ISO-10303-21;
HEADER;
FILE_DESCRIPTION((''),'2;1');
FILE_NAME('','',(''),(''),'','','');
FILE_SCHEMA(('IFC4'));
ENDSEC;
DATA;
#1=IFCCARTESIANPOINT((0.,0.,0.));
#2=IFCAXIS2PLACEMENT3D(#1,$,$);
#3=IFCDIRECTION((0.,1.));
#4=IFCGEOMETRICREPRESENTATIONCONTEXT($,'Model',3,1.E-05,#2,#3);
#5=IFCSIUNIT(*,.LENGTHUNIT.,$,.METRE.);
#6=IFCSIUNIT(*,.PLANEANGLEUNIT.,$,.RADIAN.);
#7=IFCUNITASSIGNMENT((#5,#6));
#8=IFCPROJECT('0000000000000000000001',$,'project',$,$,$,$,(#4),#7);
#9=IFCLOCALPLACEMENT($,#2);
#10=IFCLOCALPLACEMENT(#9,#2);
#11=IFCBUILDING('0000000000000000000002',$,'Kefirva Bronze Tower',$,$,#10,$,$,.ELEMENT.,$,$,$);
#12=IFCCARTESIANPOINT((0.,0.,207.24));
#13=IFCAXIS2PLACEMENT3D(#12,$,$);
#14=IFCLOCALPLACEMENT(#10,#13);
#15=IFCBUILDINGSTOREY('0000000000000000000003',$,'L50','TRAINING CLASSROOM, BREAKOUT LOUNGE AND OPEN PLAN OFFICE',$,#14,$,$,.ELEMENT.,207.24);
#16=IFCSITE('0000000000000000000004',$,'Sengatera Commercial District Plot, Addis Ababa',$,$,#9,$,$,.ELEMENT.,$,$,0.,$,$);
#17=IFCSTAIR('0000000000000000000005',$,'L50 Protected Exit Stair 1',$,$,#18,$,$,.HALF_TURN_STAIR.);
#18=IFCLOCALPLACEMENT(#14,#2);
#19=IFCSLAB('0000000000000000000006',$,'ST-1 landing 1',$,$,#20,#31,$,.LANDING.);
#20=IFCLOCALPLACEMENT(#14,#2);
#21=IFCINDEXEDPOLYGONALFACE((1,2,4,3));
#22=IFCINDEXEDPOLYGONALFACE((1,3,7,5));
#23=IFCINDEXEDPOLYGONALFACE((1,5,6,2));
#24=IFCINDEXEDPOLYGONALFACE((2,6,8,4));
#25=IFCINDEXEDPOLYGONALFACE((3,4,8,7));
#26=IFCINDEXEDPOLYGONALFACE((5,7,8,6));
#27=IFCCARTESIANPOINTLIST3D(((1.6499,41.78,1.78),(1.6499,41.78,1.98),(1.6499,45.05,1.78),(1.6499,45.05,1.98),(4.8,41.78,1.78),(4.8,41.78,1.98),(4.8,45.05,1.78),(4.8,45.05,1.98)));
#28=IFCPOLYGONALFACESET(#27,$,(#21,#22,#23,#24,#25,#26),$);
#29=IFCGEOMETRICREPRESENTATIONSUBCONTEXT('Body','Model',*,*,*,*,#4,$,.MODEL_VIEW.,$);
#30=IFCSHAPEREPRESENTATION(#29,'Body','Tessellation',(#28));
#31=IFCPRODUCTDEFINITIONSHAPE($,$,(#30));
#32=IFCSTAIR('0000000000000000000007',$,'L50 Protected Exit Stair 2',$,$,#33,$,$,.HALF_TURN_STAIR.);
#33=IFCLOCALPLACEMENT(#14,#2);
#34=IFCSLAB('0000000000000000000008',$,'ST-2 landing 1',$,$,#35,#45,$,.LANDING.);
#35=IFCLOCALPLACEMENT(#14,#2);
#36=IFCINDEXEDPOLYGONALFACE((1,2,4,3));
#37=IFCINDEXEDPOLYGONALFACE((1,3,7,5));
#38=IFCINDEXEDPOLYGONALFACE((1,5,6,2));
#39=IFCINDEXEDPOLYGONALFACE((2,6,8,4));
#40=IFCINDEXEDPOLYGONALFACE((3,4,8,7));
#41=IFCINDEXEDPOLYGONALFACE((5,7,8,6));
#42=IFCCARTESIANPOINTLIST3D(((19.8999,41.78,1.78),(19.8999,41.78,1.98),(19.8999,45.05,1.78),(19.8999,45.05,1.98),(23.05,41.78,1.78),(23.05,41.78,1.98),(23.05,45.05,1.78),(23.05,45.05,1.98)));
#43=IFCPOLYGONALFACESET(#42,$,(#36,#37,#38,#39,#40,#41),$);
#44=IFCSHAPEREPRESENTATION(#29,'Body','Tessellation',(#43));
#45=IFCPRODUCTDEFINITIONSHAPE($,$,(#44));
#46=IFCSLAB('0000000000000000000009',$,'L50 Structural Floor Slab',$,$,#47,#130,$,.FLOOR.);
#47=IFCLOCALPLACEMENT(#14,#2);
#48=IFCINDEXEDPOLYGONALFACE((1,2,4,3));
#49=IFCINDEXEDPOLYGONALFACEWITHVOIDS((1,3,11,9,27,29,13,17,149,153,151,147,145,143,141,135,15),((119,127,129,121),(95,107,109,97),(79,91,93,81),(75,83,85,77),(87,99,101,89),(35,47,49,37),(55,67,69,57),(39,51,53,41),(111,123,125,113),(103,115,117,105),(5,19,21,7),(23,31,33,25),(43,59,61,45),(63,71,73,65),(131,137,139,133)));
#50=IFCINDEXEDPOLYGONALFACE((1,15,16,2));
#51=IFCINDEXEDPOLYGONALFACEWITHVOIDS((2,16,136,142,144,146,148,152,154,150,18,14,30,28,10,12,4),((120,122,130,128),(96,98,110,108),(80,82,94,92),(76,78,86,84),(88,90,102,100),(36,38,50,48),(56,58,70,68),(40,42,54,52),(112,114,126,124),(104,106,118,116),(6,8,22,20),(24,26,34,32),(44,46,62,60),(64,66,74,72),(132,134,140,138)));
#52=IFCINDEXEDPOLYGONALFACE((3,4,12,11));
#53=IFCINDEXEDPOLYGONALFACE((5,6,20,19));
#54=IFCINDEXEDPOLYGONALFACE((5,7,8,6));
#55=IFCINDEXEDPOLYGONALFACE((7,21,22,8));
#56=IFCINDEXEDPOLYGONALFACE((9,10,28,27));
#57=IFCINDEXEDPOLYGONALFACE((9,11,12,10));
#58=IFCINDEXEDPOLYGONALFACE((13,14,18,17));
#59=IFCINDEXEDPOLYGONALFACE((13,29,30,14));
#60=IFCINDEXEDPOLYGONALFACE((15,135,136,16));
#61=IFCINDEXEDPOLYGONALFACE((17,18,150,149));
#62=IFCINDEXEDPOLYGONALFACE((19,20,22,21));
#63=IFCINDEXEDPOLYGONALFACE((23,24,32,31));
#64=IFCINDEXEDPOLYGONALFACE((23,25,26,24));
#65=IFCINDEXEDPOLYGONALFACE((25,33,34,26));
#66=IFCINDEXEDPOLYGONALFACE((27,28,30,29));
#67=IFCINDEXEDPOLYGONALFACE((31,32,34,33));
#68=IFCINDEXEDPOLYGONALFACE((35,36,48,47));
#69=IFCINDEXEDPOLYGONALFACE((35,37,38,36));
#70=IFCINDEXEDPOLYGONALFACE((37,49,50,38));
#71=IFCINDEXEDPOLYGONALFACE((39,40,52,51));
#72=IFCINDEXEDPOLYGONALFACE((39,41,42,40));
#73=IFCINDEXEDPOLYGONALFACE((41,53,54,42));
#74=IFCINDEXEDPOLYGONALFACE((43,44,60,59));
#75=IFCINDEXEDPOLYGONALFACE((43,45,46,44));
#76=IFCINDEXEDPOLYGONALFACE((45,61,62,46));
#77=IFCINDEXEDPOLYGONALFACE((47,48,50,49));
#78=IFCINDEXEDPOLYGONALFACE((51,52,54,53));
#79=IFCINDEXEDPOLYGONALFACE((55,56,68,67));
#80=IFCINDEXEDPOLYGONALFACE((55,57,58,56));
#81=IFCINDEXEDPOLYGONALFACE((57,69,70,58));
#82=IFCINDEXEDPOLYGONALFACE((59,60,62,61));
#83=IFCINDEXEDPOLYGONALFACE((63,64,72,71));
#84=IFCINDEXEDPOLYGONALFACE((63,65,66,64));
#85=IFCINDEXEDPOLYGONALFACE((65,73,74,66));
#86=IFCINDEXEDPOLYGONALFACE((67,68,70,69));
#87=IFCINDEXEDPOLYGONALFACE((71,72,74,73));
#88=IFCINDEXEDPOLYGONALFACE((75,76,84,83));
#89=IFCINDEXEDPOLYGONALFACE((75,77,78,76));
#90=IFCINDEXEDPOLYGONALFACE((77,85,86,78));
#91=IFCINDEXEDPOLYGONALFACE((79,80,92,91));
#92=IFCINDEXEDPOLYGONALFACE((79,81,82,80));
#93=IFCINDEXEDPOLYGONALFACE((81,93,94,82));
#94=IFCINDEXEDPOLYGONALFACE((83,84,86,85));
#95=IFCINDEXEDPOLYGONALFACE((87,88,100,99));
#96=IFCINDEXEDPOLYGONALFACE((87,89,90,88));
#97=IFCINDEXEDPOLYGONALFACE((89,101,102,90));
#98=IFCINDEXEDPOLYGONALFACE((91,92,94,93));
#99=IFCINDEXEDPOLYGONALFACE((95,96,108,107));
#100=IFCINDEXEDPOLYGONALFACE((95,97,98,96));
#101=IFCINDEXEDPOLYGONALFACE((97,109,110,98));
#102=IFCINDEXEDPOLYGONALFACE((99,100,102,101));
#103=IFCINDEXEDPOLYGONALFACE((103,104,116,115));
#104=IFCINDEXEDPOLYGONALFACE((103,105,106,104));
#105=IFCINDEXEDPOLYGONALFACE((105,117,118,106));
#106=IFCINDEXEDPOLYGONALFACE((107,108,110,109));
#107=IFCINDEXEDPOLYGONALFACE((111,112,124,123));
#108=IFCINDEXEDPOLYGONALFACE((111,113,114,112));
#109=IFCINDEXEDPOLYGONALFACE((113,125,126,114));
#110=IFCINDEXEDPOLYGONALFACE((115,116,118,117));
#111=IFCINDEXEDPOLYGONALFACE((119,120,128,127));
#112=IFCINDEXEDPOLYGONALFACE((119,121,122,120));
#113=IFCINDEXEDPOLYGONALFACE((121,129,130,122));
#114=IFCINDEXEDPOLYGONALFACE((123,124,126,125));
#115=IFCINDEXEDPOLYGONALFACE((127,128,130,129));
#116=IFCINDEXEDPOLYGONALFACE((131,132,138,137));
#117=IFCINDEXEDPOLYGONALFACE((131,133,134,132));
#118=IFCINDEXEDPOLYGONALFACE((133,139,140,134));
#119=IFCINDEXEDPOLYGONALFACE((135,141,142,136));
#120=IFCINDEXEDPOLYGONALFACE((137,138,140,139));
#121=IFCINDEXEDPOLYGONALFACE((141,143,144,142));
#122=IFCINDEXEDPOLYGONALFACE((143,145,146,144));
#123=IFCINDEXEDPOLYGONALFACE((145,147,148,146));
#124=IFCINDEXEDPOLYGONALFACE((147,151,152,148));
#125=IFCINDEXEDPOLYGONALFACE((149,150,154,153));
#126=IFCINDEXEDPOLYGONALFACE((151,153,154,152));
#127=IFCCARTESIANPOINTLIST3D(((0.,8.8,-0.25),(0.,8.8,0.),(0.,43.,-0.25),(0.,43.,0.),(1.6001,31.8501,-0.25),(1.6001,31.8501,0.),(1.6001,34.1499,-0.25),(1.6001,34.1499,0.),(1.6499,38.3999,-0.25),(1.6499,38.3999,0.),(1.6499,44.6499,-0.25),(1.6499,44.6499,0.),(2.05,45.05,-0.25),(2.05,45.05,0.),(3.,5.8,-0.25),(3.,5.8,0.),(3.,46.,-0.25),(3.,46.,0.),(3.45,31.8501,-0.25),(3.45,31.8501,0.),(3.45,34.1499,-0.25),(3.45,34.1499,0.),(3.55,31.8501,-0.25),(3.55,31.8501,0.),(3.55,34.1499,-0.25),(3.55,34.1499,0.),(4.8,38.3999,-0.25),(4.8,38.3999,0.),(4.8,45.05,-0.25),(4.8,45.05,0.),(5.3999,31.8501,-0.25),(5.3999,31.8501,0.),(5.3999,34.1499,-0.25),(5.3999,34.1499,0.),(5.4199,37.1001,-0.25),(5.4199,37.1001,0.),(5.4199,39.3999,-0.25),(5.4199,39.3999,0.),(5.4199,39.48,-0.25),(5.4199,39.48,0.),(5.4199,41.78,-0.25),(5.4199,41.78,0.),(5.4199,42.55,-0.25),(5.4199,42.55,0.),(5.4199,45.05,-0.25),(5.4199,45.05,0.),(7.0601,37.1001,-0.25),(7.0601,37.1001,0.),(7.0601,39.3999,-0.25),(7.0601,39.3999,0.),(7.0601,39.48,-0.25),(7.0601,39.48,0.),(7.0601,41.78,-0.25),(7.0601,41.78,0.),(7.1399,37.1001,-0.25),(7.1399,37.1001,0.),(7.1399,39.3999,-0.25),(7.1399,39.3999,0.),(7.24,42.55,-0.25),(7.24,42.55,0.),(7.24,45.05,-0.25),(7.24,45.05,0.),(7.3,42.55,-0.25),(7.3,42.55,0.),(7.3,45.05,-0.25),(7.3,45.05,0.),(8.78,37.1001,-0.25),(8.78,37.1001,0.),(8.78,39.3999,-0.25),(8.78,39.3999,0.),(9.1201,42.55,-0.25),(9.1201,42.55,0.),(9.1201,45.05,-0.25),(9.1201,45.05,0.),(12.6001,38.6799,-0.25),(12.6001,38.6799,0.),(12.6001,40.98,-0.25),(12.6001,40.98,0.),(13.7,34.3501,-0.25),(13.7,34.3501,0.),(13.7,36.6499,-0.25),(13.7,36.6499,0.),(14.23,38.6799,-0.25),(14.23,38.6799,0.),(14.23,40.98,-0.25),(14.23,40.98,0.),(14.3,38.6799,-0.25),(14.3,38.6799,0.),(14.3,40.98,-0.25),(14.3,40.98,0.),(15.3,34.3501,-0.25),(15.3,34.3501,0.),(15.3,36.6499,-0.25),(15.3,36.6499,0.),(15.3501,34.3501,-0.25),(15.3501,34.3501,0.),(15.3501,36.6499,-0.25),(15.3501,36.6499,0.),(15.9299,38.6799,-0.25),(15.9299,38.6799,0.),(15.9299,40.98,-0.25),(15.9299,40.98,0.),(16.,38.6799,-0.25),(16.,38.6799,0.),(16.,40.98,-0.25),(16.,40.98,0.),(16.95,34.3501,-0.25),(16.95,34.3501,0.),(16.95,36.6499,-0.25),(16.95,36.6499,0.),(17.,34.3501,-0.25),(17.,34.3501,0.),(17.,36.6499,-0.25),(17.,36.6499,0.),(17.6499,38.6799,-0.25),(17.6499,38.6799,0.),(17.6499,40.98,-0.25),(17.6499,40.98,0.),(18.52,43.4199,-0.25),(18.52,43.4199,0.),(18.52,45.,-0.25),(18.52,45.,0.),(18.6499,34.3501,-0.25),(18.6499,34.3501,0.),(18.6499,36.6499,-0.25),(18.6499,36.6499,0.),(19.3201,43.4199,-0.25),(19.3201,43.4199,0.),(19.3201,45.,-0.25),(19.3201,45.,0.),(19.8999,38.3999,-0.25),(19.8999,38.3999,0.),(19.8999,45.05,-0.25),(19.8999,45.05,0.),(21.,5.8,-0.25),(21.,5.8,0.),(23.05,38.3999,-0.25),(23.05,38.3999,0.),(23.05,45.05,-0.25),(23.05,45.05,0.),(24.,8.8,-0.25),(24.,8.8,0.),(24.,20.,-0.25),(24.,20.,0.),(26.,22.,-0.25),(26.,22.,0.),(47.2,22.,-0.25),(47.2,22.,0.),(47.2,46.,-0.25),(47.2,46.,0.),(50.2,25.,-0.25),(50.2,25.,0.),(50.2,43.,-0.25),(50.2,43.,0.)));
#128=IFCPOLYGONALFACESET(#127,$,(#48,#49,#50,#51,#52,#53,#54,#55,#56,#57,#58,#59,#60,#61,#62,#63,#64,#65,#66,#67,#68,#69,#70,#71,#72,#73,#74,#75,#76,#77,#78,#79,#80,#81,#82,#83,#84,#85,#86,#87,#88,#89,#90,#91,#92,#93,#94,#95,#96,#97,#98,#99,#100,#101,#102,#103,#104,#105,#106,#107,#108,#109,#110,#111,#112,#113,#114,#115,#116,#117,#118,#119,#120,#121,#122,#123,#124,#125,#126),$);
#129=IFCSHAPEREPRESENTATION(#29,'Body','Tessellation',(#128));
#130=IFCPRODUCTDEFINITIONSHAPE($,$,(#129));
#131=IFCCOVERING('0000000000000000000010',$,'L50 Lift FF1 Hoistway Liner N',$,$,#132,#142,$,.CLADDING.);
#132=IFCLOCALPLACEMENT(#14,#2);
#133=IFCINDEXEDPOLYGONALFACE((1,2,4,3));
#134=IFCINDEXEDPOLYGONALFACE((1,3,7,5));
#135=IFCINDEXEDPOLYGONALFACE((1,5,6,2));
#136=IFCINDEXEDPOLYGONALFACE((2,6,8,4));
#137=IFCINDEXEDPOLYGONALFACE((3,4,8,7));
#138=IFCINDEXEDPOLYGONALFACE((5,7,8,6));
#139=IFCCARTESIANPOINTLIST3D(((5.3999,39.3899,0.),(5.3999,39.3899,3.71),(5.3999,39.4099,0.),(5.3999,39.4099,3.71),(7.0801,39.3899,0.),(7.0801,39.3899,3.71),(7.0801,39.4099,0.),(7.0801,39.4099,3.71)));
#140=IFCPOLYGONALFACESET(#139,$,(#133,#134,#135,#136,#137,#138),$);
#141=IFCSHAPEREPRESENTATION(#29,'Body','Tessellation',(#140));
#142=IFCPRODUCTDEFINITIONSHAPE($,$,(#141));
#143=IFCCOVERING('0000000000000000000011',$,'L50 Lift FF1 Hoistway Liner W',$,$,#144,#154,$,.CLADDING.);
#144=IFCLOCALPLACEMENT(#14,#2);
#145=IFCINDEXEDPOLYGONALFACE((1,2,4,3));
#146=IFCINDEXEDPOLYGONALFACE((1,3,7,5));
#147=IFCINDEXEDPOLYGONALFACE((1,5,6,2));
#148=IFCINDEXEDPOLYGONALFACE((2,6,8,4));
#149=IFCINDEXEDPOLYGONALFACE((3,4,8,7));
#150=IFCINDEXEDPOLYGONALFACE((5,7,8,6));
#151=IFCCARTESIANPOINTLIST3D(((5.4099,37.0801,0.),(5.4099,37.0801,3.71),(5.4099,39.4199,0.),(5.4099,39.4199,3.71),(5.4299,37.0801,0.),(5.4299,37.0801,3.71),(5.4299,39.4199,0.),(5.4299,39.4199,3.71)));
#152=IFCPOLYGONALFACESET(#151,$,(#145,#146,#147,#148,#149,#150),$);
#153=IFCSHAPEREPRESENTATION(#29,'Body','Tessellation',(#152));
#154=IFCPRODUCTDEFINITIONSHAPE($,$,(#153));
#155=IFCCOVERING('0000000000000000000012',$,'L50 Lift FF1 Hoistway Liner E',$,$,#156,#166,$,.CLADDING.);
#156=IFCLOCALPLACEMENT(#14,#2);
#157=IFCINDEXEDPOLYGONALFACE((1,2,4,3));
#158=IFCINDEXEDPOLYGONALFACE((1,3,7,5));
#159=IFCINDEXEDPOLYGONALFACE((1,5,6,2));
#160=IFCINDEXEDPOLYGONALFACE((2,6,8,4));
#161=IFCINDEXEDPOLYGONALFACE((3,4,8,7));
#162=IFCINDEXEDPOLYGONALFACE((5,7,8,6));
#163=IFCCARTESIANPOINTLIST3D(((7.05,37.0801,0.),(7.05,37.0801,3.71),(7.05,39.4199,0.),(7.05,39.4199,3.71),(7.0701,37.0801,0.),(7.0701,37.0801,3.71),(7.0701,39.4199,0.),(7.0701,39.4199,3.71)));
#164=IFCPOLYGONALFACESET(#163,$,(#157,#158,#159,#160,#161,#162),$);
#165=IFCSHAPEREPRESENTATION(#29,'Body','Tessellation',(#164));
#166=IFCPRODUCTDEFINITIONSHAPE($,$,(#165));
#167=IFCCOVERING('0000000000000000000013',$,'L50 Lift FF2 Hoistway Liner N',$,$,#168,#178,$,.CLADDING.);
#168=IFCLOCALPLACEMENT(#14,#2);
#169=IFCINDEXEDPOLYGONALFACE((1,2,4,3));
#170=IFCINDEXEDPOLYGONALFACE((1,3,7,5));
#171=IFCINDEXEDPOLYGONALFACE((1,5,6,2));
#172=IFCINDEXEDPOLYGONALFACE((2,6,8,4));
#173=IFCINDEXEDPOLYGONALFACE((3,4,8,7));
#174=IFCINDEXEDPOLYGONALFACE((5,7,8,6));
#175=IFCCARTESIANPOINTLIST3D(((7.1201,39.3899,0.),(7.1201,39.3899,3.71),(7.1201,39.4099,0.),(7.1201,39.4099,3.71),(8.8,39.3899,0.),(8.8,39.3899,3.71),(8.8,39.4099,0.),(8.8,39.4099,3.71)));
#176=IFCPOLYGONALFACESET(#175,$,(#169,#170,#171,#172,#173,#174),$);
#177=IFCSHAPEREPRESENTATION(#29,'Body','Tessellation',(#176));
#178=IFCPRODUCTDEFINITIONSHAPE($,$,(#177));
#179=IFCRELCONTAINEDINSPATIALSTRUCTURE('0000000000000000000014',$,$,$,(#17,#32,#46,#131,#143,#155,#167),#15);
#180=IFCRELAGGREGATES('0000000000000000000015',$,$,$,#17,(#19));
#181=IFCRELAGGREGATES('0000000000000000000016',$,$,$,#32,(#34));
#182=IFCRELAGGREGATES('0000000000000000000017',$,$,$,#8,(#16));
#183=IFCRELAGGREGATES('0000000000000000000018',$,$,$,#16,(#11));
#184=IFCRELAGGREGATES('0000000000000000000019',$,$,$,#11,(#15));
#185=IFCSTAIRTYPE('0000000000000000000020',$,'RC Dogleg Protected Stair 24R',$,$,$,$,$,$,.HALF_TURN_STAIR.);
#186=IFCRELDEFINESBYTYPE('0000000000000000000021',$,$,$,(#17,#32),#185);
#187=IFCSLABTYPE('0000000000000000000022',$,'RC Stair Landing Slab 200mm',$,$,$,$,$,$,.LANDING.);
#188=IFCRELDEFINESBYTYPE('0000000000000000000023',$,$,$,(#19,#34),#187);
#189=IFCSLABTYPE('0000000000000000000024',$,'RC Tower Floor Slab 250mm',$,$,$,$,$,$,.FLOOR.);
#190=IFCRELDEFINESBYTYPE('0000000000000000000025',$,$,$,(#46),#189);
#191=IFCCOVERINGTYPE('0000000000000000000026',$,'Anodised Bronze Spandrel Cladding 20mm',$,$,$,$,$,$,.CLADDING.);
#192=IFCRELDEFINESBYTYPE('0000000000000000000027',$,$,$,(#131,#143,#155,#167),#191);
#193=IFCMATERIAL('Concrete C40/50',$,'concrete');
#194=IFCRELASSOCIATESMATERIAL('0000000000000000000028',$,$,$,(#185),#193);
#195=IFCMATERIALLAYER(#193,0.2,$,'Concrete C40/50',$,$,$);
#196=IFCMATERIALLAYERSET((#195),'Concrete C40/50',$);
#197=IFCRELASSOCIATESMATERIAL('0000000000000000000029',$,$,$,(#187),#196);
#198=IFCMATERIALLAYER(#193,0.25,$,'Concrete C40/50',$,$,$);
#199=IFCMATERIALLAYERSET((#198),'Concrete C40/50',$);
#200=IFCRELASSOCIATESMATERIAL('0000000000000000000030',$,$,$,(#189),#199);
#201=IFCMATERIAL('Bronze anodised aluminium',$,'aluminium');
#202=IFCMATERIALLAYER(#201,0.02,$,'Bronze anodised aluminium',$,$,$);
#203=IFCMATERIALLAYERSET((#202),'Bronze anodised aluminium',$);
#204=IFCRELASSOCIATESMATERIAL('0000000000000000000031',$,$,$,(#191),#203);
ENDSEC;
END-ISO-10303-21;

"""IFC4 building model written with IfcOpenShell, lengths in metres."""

from ifc_helpers import new_model, si_unit, direction, frame, origin, place, context, subcontext, project, spatial, polyline, outline, extrude, material, layer, layer_set, type_object, element, aggregate, save


model = new_model("IFC4")

# Units and contexts
model_context = context("Model", 3, precision=1e-05, world=origin(), true_north=direction((0.0, 1.0)))
body_context = subcontext(model_context, "Body", "Model", "MODEL_VIEW")
ifc_project = project(units=[si_unit("LENGTHUNIT", "METRE"), si_unit("PLANEANGLEUNIT", "RADIAN")], contexts=[model_context])

# Site, building, storey
site_placement = place(None, origin())
site = spatial("IfcSite", under=ifc_project, at=site_placement, Name="Sengatera Commercial District Plot, Addis Ababa", CompositionType="ELEMENT", RefElevation=0.0)
building_placement = place(site_placement, origin())
building = spatial("IfcBuilding", under=site, at=building_placement, Name="Kefirva Bronze Tower", CompositionType="ELEMENT")
storey_placement = place(building_placement, frame((0.0, 0.0, 207.24)))
storey = spatial("IfcBuildingStorey", under=building, at=storey_placement, Name="L50", Description="TRAINING CLASSROOM, BREAKOUT LOUNGE AND OPEN PLAN OFFICE", CompositionType="ELEMENT", Elevation=207.24)

# Stairs, slabs
ifc_material_1 = material(Name="Concrete C40/50", Category="concrete")
stair_type = type_object("IfcStairType", Name="RC Dogleg Protected Stair 24R", PredefinedType="HALF_TURN_STAIR", material=ifc_material_1)
stair_1_placement = place(storey_placement, origin())
stair_1 = element("IfcStair", 1, at=stair_1_placement, inside=storey, type_object=stair_type, Name="L50 Protected Exit Stair 1", PredefinedType="HALF_TURN_STAIR")
ifc_layer_1 = layer(ifc_material_1, 0.2, Name="Concrete C40/50")
ifc_layer_set_1 = layer_set([ifc_layer_1], Name="Concrete C40/50")
slab_type_1 = type_object("IfcSlabType", Name="RC Stair Landing Slab 200mm", PredefinedType="LANDING", material=ifc_layer_set_1)
slab_1_placement = place(storey_placement, frame((0.0, 0.0, 1.78)))
slab_1 = element("IfcSlab", 2, at=slab_1_placement, type_object=slab_type_1, Name="ST-1 landing 1", PredefinedType="LANDING", context=body_context, shape_type="SweptSolid", body=[
    extrude(outline(polyline([(4.8, 41.78), (4.8, 45.05), (1.6499, 45.05), (1.6499, 41.78), (4.8, 41.78)])), origin(), (0.0, 0.0, 1.0), 0.2),
])
aggregate(stair_1, [slab_1])
stair_2_placement = place(storey_placement, origin())
stair_2 = element("IfcStair", 3, at=stair_2_placement, inside=storey, type_object=stair_type, Name="L50 Protected Exit Stair 2", PredefinedType="HALF_TURN_STAIR")
slab_2_placement = place(storey_placement, frame((0.0, 0.0, 1.78)))
slab_2 = element("IfcSlab", 4, at=slab_2_placement, type_object=slab_type_1, Name="ST-2 landing 1", PredefinedType="LANDING", context=body_context, shape_type="SweptSolid", body=[
    extrude(outline(polyline([(23.05, 41.78), (23.05, 45.05), (19.8999, 45.05), (19.8999, 41.78), (23.05, 41.78)])), origin(), (0.0, 0.0, 1.0), 0.2),
])
aggregate(stair_2, [slab_2])

# Slab
ifc_layer_2 = layer(ifc_material_1, 0.25, Name="Concrete C40/50")
ifc_layer_set_2 = layer_set([ifc_layer_2], Name="Concrete C40/50")
slab_type_2 = type_object("IfcSlabType", Name="RC Tower Floor Slab 250mm", PredefinedType="FLOOR", material=ifc_layer_set_2)
slab_3_placement = place(storey_placement, frame((0.0, 0.0, -0.25)))
element("IfcSlab", 5, at=slab_3_placement, inside=storey, type_object=slab_type_2, Name="L50 Structural Floor Slab", PredefinedType="FLOOR", context=body_context, shape_type="SweptSolid", body=[
    extrude(outline(polyline([(0.0, 8.8), (0.0, 43.0), (1.6499, 44.6499), (1.6499, 38.3999), (4.8, 38.3999), (4.8, 45.05), (2.05, 45.05), (3.0, 46.0), (47.2, 46.0), (50.2, 43.0), (50.2, 25.0), (47.2, 22.0), (26.0, 22.0), (24.0, 20.0), (24.0, 8.8), (21.0, 5.8), (3.0, 5.8), (0.0, 8.8)]), holes=[polyline([(23.05, 38.3999), (23.05, 45.05), (19.8999, 45.05), (19.8999, 38.3999), (23.05, 38.3999)]), polyline([(19.3201, 43.4199), (19.3201, 45.0), (18.52, 45.0), (18.52, 43.4199), (19.3201, 43.4199)]), polyline([(18.6499, 34.3501), (18.6499, 36.6499), (17.0, 36.6499), (17.0, 34.3501), (18.6499, 34.3501)]), polyline([(17.6499, 38.6799), (17.6499, 40.98), (16.0, 40.98), (16.0, 38.6799), (17.6499, 38.6799)]), polyline([(16.95, 34.3501), (16.95, 36.6499), (15.3501, 36.6499), (15.3501, 34.3501), (16.95, 34.3501)]), polyline([(15.9299, 38.6799), (15.9299, 40.98), (14.3, 40.98), (14.3, 38.6799), (15.9299, 38.6799)]), polyline([(15.3, 34.3501), (15.3, 36.6499), (13.7, 36.6499), (13.7, 34.3501), (15.3, 34.3501)]), polyline([(14.23, 38.6799), (14.23, 40.98), (12.6001, 40.98), (12.6001, 38.6799), (14.23, 38.6799)]), polyline([(9.1201, 42.55), (9.1201, 45.05), (7.3, 45.05), (7.3, 42.55), (9.1201, 42.55)]), polyline([(8.78, 37.1001), (8.78, 39.3999), (7.1399, 39.3999), (7.1399, 37.1001), (8.78, 37.1001)]), polyline([(7.24, 42.55), (7.24, 45.05), (5.4199, 45.05), (5.4199, 42.55), (7.24, 42.55)]), polyline([(7.0601, 37.1001), (7.0601, 39.3999), (5.4199, 39.3999), (5.4199, 37.1001), (7.0601, 37.1001)]), polyline([(7.0601, 39.48), (7.0601, 41.78), (5.4199, 41.78), (5.4199, 39.48), (7.0601, 39.48)]), polyline([(5.3999, 31.8501), (5.3999, 34.1499), (3.55, 34.1499), (3.55, 31.8501), (5.3999, 31.8501)]), polyline([(3.45, 31.8501), (3.45, 34.1499), (1.6001, 34.1499), (1.6001, 31.8501), (3.45, 31.8501)])]), origin(), (0.0, 0.0, 1.0), 0.25),
])

# Coverings
ifc_material_2 = material(Name="Bronze anodised aluminium", Category="aluminium")
ifc_layer_3 = layer(ifc_material_2, 0.02, Name="Bronze anodised aluminium")
ifc_layer_set_3 = layer_set([ifc_layer_3], Name="Bronze anodised aluminium")
covering_type = type_object("IfcCoveringType", Name="Anodised Bronze Spandrel Cladding 20mm", PredefinedType="CLADDING", material=ifc_layer_set_3)
covering_1_placement = place(storey_placement, origin())
element("IfcCovering", 6, at=covering_1_placement, inside=storey, type_object=covering_type, Name="L50 Lift FF1 Hoistway Liner N", PredefinedType="CLADDING", context=body_context, shape_type="SweptSolid", body=[
    extrude(outline(polyline([(5.3999, 39.3899), (7.0801, 39.3899), (7.0801, 39.4099), (5.3999, 39.4099), (5.3999, 39.3899)])), origin(), (0.0, 0.0, 1.0), 3.71),
])
covering_2_placement = place(storey_placement, origin())
element("IfcCovering", 7, at=covering_2_placement, inside=storey, type_object=covering_type, Name="L50 Lift FF1 Hoistway Liner W", PredefinedType="CLADDING", context=body_context, shape_type="SweptSolid", body=[
    extrude(outline(polyline([(5.4099, 37.0801), (5.4299, 37.0801), (5.4299, 39.4199), (5.4099, 39.4199), (5.4099, 37.0801)])), origin(), (0.0, 0.0, 1.0), 3.71),
])
covering_3_placement = place(storey_placement, origin())
element("IfcCovering", 8, at=covering_3_placement, inside=storey, type_object=covering_type, Name="L50 Lift FF1 Hoistway Liner E", PredefinedType="CLADDING", context=body_context, shape_type="SweptSolid", body=[
    extrude(outline(polyline([(7.05, 37.0801), (7.0701, 37.0801), (7.0701, 39.4199), (7.05, 39.4199), (7.05, 37.0801)])), origin(), (0.0, 0.0, 1.0), 3.71),
])
covering_4_placement = place(storey_placement, origin())
element("IfcCovering", 9, at=covering_4_placement, inside=storey, type_object=covering_type, Name="L50 Lift FF2 Hoistway Liner N", PredefinedType="CLADDING", context=body_context, shape_type="SweptSolid", body=[
    extrude(outline(polyline([(7.1201, 39.3899), (8.8, 39.3899), (8.8, 39.4099), (7.1201, 39.4099), (7.1201, 39.3899)])), origin(), (0.0, 0.0, 1.0), 3.71),
])

save(model, "model.ifc")
